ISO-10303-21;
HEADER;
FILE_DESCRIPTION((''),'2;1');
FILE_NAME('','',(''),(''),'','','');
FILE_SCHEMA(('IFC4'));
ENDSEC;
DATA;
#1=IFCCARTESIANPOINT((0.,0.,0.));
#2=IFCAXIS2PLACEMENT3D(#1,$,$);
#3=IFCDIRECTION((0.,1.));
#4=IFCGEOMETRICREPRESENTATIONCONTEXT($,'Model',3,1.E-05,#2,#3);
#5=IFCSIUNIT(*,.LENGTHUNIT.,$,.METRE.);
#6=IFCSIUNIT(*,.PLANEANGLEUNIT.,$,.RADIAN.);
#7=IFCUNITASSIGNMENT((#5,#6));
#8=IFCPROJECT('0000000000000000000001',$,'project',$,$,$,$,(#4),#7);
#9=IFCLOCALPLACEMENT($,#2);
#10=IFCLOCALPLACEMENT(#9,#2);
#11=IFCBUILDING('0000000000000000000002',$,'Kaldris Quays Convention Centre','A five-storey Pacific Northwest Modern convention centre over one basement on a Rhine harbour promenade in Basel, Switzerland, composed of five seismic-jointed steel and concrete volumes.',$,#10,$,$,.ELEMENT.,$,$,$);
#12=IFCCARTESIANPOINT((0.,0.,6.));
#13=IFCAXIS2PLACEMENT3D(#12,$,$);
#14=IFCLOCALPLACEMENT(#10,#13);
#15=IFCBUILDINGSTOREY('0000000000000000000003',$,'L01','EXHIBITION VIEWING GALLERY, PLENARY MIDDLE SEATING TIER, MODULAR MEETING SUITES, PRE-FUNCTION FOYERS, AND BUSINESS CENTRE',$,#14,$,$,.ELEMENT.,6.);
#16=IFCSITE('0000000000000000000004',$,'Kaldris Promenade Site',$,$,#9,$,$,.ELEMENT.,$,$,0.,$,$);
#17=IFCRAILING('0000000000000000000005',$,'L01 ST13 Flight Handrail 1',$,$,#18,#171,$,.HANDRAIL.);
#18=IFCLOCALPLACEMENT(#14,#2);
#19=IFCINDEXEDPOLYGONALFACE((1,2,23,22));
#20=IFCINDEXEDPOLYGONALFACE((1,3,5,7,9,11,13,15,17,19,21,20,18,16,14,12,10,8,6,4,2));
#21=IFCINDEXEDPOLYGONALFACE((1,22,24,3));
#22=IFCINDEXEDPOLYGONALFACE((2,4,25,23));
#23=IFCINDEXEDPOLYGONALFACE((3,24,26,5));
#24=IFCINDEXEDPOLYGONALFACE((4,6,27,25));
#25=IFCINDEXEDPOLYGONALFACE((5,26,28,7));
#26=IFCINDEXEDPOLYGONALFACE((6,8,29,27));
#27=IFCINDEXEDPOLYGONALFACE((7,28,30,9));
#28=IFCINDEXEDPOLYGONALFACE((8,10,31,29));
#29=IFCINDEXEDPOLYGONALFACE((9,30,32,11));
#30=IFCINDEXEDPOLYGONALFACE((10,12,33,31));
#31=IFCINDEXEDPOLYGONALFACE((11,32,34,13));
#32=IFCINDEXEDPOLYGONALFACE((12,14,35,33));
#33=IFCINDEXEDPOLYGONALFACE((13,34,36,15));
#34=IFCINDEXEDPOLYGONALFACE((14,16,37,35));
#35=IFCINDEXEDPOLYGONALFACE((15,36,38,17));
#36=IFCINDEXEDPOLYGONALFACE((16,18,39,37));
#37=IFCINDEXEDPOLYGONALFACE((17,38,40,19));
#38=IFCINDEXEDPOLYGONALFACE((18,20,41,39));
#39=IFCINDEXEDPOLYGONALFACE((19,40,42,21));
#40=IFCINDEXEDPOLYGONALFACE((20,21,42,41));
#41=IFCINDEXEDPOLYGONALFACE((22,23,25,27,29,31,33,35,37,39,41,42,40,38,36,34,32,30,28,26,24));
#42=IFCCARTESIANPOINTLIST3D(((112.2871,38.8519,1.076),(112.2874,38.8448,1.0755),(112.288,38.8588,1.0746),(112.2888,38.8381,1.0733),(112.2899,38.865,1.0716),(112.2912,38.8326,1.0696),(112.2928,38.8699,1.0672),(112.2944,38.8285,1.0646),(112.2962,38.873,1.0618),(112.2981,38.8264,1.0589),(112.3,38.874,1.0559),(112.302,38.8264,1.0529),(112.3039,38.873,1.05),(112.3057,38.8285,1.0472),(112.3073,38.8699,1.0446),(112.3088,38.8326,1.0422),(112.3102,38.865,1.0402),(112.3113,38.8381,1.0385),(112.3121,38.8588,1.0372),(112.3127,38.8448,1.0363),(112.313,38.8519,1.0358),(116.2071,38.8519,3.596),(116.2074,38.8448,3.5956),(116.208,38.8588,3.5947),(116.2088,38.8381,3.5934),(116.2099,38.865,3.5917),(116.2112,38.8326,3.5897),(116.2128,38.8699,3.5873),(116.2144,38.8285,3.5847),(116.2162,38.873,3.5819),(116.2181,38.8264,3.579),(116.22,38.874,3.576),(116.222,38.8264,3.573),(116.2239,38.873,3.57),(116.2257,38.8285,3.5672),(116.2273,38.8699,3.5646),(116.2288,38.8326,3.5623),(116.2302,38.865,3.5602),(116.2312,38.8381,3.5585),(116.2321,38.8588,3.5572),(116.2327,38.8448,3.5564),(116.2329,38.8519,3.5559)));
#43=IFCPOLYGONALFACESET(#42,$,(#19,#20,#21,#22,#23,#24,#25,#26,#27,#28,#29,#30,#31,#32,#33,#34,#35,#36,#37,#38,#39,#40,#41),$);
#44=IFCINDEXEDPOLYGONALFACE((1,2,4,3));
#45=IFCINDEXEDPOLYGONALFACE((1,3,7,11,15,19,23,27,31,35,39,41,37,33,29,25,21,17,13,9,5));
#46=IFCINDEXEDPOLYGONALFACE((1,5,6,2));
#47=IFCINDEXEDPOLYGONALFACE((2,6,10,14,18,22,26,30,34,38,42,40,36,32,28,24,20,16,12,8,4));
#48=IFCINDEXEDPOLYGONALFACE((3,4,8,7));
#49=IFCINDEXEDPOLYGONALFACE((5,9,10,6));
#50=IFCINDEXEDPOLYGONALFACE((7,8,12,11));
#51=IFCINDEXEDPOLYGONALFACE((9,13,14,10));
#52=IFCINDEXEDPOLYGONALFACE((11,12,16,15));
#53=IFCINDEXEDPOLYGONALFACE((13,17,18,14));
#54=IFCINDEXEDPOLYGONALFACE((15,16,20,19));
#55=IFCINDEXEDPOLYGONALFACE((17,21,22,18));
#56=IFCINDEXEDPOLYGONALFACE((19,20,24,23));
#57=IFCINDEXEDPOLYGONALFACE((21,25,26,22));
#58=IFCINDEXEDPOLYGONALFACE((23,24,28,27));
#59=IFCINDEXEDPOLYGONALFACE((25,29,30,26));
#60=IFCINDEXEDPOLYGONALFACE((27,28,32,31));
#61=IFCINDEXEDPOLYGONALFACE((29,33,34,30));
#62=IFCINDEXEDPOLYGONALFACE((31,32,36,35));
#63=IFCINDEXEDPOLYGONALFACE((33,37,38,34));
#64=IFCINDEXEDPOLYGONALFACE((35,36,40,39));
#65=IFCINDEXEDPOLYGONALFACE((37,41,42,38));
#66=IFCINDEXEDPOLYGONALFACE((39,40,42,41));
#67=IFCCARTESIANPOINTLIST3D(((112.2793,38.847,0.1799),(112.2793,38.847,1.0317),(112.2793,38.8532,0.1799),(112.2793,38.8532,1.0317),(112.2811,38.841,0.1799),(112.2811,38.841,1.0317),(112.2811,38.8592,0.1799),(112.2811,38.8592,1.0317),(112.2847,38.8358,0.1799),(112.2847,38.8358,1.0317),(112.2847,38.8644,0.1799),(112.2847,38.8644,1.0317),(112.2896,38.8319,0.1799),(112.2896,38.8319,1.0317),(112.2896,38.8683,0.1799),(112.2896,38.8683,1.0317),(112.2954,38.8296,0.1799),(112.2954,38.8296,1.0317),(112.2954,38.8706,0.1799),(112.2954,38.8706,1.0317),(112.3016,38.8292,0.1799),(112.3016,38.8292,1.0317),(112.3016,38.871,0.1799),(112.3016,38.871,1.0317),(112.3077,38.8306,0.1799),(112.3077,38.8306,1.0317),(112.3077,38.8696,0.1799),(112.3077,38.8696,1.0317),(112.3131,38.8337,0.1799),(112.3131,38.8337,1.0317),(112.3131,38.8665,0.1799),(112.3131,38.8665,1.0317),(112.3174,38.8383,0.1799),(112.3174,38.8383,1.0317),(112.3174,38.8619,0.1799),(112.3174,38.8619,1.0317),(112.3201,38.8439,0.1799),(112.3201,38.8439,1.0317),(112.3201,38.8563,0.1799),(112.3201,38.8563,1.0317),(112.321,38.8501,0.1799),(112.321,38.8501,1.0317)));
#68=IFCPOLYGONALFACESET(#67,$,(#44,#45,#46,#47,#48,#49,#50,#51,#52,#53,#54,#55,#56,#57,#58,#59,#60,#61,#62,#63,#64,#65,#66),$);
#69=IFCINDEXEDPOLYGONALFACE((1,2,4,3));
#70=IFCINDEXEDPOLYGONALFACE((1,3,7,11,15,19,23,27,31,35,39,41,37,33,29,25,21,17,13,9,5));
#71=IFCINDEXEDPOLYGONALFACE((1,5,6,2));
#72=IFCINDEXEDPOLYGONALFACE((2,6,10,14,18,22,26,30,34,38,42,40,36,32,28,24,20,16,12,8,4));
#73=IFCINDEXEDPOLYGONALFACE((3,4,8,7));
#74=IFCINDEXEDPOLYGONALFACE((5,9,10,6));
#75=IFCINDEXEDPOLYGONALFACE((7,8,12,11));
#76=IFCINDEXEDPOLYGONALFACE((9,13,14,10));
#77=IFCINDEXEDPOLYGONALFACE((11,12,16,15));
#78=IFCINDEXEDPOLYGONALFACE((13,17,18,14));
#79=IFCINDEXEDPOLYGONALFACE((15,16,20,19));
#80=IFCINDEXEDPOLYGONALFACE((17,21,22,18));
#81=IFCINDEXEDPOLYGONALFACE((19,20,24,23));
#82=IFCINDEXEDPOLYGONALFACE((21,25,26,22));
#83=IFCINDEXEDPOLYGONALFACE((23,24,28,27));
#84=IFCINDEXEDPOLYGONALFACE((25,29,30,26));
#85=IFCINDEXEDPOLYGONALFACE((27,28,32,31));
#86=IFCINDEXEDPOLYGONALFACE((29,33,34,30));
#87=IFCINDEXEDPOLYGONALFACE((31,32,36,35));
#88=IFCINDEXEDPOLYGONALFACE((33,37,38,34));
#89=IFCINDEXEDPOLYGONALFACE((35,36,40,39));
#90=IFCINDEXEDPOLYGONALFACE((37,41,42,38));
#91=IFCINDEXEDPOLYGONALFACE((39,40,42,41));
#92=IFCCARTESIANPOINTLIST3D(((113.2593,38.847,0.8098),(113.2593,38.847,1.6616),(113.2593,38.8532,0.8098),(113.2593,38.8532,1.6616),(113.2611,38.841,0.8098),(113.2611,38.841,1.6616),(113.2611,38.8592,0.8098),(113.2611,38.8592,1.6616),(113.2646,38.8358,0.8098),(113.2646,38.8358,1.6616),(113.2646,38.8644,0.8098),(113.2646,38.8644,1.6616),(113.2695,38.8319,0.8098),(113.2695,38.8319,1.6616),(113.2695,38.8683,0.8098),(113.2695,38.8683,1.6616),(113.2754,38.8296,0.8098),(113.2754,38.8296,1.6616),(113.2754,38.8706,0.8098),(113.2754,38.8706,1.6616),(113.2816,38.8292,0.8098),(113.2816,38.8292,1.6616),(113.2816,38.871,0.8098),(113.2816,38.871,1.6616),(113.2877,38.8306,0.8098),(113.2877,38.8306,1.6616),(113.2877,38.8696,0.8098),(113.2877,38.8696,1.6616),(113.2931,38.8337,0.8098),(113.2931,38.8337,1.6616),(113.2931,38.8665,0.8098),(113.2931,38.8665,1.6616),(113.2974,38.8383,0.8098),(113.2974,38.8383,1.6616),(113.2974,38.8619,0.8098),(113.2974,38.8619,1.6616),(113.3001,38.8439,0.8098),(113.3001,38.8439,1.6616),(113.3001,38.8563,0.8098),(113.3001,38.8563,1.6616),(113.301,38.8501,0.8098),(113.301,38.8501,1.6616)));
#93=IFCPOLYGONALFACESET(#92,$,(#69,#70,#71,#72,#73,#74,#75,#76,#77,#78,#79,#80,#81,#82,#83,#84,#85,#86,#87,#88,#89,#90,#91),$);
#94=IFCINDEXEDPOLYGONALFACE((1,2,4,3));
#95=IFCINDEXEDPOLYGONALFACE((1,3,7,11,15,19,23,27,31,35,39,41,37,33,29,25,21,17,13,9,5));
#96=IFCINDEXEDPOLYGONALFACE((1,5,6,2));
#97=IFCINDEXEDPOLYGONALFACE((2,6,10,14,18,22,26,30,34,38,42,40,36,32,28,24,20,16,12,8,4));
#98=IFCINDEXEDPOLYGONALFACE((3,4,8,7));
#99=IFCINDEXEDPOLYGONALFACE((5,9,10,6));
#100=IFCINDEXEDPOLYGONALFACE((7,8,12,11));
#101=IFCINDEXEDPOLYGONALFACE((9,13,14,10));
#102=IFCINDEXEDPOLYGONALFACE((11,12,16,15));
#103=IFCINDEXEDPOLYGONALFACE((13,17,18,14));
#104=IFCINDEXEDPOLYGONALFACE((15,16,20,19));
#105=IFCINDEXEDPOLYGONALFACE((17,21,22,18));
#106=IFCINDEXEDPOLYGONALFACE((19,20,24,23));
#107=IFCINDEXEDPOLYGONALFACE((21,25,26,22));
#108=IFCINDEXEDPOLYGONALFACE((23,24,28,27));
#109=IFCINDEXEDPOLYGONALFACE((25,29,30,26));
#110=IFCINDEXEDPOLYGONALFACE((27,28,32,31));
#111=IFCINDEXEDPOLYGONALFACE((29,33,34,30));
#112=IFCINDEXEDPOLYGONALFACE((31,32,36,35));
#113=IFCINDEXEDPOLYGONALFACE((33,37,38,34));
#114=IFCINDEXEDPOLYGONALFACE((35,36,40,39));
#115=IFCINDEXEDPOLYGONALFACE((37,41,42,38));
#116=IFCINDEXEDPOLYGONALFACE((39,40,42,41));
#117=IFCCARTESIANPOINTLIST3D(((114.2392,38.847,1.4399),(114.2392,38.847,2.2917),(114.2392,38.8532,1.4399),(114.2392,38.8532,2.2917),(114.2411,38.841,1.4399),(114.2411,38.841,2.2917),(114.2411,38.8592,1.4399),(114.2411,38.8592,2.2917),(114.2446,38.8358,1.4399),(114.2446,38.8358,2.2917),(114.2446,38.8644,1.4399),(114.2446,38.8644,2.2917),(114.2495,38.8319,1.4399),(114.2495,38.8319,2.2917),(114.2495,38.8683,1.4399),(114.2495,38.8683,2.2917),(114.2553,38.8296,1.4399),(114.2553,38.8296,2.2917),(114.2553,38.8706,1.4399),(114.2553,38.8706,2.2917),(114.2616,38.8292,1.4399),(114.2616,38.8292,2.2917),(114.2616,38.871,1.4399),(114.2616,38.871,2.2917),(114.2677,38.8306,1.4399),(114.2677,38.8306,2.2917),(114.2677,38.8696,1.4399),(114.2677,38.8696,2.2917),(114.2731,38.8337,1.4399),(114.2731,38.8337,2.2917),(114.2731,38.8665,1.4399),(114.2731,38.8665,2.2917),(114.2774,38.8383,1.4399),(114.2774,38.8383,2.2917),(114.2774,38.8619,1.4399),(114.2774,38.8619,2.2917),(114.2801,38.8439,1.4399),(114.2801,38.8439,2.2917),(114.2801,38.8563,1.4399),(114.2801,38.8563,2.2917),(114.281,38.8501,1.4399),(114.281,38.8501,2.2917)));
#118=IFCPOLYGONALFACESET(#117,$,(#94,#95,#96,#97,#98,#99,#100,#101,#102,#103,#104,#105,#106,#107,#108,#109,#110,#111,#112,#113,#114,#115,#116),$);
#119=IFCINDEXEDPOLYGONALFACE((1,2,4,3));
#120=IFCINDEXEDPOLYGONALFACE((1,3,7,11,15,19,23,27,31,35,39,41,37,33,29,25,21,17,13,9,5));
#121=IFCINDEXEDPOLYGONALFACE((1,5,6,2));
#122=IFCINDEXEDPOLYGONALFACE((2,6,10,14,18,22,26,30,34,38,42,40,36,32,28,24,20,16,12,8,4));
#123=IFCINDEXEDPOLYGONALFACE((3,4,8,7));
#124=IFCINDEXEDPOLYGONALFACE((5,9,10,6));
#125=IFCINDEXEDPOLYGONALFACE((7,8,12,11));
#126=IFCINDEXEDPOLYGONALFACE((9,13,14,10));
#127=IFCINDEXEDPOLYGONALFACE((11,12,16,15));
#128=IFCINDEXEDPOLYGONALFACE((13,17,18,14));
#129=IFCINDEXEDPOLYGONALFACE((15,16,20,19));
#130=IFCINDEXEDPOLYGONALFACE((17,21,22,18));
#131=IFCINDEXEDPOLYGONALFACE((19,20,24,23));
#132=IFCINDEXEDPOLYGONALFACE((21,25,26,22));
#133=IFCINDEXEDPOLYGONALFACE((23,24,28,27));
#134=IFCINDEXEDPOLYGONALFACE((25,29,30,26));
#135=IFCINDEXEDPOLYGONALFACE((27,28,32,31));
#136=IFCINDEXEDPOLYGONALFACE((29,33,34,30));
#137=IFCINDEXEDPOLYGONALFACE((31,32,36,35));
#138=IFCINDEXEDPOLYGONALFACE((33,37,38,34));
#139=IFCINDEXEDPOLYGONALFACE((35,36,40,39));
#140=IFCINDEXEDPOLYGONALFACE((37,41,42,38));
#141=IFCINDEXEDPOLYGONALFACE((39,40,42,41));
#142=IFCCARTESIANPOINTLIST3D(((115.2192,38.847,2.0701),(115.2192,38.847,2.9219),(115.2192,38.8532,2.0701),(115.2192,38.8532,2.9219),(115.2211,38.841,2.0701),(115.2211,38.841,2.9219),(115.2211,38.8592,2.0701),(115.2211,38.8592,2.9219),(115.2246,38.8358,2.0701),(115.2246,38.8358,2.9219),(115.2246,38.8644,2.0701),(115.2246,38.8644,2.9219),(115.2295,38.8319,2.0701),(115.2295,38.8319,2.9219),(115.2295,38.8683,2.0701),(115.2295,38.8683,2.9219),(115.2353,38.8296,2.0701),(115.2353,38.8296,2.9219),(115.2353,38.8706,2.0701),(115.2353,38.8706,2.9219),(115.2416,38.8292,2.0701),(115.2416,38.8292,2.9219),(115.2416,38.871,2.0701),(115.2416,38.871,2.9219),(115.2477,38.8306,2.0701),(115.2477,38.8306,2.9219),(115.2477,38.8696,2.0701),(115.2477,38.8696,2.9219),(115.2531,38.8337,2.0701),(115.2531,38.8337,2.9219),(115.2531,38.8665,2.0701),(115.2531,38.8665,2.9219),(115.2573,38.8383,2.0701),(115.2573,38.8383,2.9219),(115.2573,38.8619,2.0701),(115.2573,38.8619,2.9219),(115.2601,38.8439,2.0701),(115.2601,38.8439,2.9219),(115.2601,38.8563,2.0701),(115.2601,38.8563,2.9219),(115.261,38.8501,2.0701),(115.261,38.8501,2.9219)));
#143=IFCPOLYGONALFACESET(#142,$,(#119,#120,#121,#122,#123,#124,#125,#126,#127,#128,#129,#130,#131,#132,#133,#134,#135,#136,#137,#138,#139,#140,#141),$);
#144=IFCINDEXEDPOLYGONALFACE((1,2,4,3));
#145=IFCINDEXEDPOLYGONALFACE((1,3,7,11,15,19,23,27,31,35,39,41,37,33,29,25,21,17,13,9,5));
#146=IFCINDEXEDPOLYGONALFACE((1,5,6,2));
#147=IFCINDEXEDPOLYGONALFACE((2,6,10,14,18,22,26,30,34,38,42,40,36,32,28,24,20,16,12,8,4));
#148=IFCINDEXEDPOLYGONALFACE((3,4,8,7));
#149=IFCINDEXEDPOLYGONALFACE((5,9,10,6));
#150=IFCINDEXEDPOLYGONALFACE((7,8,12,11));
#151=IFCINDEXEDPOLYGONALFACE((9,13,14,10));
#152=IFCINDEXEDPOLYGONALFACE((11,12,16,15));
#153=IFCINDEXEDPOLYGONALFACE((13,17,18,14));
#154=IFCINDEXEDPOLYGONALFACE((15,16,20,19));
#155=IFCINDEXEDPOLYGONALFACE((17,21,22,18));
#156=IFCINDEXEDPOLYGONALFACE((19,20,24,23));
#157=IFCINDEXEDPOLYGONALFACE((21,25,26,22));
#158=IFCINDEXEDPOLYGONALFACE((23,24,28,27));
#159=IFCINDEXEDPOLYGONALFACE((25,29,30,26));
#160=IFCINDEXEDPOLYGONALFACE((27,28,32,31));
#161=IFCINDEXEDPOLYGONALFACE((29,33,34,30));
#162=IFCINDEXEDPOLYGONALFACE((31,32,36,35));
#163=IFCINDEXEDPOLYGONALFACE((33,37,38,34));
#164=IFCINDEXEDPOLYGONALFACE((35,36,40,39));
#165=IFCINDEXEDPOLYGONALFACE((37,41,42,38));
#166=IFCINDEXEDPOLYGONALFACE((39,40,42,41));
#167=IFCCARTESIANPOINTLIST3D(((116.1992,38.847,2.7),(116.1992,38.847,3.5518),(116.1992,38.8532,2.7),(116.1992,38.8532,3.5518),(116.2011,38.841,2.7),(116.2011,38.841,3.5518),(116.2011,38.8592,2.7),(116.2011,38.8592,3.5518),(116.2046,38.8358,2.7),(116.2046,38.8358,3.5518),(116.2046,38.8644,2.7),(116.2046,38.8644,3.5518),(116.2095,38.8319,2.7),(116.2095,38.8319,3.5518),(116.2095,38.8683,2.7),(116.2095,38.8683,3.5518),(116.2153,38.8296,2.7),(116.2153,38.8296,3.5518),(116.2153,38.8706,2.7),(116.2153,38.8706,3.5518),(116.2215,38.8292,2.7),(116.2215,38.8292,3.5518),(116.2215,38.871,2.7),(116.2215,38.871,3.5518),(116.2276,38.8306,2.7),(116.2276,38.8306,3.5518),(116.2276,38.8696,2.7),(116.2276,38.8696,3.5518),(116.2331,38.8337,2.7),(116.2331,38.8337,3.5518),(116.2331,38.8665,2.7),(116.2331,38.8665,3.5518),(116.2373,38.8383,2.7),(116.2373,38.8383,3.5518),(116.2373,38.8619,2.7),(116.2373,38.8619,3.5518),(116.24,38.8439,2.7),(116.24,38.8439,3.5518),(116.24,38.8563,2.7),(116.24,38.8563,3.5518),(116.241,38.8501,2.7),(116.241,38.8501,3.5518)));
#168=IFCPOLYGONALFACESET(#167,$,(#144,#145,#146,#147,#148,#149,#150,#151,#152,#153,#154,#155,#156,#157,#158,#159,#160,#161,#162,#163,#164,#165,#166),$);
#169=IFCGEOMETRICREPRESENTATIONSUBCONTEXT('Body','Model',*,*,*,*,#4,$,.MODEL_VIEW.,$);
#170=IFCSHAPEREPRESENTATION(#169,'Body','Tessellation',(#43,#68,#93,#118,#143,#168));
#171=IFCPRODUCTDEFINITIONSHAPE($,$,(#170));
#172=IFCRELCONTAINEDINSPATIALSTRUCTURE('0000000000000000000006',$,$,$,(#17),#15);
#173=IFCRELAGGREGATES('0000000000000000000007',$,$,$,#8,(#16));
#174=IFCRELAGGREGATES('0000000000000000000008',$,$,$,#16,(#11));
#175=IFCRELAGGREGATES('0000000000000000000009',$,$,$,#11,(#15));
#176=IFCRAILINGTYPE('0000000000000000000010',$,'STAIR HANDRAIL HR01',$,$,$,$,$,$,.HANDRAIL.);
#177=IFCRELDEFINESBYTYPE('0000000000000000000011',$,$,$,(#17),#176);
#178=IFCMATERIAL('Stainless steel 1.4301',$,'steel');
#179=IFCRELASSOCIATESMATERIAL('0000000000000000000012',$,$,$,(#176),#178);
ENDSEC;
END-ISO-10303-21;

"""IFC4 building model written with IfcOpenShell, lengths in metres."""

from ifc_helpers import new_model, si_unit, direction, frame, origin, origin_2d, place, context, subcontext, project, spatial, circle, extrude, material, type_object, element, save


model = new_model("IFC4")

# Units and contexts
model_context = context("Model", 3, precision=1e-05, world=origin(), true_north=direction((0.0, 1.0)))
body_context = subcontext(model_context, "Body", "Model", "MODEL_VIEW")
ifc_project = project(units=[si_unit("LENGTHUNIT", "METRE"), si_unit("PLANEANGLEUNIT", "RADIAN")], contexts=[model_context])

# Site, building, storey
site_placement = place(None, origin())
site = spatial("IfcSite", under=ifc_project, at=site_placement, Name="Kaldris Promenade Site", CompositionType="ELEMENT", RefElevation=0.0)
building_placement = place(site_placement, origin())
building = spatial("IfcBuilding", under=site, at=building_placement, Name="Kaldris Quays Convention Centre", Description="A five-storey Pacific Northwest Modern convention centre over one basement on a Rhine harbour promenade in Basel, Switzerland, composed of five seismic-jointed steel and concrete volumes.", CompositionType="ELEMENT")
storey_placement = place(building_placement, frame((0.0, 0.0, 6.0)))
storey = spatial("IfcBuildingStorey", under=building, at=storey_placement, Name="L01", Description="EXHIBITION VIEWING GALLERY, PLENARY MIDDLE SEATING TIER, MODULAR MEETING SUITES, PRE-FUNCTION FOYERS, AND BUSINESS CENTRE", CompositionType="ELEMENT", Elevation=6.0)

# Railing
ifc_material_1 = material(Name="Stainless steel 1.4301", Category="steel")
railing_type_1 = type_object("IfcRailingType", Name="STAIR HANDRAIL HR01", PredefinedType="HANDRAIL", material=ifc_material_1)
railing_1_placement = place(storey_placement, frame((112.3, 38.8501, 0.1799)))
element("IfcRailing", 1, at=railing_1_placement, inside=storey, type_object=railing_type_1, Name="L01 ST13 Flight Handrail 1", PredefinedType="HANDRAIL", context=body_context, shape_type="SweptSolid", body=[
    extrude(circle(Radius=0.0239, at=origin_2d()), frame((0.0, 0.0, 0.876), z_axis=(0.841172, 0.0, 0.540768), x_axis=(0.0, 1.0, 0.0)), (0.0, 0.0, 1.0), 4.6602),
    extrude(circle(Radius=0.021, at=origin_2d()), origin(), (0.0, 0.0, 1.0), 0.8518),
    extrude(circle(Radius=0.021, at=origin_2d()), frame((0.98, 0.0, 0.6299)), (0.0, 0.0, 1.0), 0.8518),
    extrude(circle(Radius=0.021, at=origin_2d()), frame((1.96, 0.0, 1.26)), (0.0, 0.0, 1.0), 0.8518),
    extrude(circle(Radius=0.021, at=origin_2d()), frame((2.9399, 0.0, 1.8901)), (0.0, 0.0, 1.0), 0.8518),
    extrude(circle(Radius=0.021, at=origin_2d()), frame((3.9199, 0.0, 2.52)), (0.0, 0.0, 1.0), 0.8518),
])

save(model, "model.ifc")
